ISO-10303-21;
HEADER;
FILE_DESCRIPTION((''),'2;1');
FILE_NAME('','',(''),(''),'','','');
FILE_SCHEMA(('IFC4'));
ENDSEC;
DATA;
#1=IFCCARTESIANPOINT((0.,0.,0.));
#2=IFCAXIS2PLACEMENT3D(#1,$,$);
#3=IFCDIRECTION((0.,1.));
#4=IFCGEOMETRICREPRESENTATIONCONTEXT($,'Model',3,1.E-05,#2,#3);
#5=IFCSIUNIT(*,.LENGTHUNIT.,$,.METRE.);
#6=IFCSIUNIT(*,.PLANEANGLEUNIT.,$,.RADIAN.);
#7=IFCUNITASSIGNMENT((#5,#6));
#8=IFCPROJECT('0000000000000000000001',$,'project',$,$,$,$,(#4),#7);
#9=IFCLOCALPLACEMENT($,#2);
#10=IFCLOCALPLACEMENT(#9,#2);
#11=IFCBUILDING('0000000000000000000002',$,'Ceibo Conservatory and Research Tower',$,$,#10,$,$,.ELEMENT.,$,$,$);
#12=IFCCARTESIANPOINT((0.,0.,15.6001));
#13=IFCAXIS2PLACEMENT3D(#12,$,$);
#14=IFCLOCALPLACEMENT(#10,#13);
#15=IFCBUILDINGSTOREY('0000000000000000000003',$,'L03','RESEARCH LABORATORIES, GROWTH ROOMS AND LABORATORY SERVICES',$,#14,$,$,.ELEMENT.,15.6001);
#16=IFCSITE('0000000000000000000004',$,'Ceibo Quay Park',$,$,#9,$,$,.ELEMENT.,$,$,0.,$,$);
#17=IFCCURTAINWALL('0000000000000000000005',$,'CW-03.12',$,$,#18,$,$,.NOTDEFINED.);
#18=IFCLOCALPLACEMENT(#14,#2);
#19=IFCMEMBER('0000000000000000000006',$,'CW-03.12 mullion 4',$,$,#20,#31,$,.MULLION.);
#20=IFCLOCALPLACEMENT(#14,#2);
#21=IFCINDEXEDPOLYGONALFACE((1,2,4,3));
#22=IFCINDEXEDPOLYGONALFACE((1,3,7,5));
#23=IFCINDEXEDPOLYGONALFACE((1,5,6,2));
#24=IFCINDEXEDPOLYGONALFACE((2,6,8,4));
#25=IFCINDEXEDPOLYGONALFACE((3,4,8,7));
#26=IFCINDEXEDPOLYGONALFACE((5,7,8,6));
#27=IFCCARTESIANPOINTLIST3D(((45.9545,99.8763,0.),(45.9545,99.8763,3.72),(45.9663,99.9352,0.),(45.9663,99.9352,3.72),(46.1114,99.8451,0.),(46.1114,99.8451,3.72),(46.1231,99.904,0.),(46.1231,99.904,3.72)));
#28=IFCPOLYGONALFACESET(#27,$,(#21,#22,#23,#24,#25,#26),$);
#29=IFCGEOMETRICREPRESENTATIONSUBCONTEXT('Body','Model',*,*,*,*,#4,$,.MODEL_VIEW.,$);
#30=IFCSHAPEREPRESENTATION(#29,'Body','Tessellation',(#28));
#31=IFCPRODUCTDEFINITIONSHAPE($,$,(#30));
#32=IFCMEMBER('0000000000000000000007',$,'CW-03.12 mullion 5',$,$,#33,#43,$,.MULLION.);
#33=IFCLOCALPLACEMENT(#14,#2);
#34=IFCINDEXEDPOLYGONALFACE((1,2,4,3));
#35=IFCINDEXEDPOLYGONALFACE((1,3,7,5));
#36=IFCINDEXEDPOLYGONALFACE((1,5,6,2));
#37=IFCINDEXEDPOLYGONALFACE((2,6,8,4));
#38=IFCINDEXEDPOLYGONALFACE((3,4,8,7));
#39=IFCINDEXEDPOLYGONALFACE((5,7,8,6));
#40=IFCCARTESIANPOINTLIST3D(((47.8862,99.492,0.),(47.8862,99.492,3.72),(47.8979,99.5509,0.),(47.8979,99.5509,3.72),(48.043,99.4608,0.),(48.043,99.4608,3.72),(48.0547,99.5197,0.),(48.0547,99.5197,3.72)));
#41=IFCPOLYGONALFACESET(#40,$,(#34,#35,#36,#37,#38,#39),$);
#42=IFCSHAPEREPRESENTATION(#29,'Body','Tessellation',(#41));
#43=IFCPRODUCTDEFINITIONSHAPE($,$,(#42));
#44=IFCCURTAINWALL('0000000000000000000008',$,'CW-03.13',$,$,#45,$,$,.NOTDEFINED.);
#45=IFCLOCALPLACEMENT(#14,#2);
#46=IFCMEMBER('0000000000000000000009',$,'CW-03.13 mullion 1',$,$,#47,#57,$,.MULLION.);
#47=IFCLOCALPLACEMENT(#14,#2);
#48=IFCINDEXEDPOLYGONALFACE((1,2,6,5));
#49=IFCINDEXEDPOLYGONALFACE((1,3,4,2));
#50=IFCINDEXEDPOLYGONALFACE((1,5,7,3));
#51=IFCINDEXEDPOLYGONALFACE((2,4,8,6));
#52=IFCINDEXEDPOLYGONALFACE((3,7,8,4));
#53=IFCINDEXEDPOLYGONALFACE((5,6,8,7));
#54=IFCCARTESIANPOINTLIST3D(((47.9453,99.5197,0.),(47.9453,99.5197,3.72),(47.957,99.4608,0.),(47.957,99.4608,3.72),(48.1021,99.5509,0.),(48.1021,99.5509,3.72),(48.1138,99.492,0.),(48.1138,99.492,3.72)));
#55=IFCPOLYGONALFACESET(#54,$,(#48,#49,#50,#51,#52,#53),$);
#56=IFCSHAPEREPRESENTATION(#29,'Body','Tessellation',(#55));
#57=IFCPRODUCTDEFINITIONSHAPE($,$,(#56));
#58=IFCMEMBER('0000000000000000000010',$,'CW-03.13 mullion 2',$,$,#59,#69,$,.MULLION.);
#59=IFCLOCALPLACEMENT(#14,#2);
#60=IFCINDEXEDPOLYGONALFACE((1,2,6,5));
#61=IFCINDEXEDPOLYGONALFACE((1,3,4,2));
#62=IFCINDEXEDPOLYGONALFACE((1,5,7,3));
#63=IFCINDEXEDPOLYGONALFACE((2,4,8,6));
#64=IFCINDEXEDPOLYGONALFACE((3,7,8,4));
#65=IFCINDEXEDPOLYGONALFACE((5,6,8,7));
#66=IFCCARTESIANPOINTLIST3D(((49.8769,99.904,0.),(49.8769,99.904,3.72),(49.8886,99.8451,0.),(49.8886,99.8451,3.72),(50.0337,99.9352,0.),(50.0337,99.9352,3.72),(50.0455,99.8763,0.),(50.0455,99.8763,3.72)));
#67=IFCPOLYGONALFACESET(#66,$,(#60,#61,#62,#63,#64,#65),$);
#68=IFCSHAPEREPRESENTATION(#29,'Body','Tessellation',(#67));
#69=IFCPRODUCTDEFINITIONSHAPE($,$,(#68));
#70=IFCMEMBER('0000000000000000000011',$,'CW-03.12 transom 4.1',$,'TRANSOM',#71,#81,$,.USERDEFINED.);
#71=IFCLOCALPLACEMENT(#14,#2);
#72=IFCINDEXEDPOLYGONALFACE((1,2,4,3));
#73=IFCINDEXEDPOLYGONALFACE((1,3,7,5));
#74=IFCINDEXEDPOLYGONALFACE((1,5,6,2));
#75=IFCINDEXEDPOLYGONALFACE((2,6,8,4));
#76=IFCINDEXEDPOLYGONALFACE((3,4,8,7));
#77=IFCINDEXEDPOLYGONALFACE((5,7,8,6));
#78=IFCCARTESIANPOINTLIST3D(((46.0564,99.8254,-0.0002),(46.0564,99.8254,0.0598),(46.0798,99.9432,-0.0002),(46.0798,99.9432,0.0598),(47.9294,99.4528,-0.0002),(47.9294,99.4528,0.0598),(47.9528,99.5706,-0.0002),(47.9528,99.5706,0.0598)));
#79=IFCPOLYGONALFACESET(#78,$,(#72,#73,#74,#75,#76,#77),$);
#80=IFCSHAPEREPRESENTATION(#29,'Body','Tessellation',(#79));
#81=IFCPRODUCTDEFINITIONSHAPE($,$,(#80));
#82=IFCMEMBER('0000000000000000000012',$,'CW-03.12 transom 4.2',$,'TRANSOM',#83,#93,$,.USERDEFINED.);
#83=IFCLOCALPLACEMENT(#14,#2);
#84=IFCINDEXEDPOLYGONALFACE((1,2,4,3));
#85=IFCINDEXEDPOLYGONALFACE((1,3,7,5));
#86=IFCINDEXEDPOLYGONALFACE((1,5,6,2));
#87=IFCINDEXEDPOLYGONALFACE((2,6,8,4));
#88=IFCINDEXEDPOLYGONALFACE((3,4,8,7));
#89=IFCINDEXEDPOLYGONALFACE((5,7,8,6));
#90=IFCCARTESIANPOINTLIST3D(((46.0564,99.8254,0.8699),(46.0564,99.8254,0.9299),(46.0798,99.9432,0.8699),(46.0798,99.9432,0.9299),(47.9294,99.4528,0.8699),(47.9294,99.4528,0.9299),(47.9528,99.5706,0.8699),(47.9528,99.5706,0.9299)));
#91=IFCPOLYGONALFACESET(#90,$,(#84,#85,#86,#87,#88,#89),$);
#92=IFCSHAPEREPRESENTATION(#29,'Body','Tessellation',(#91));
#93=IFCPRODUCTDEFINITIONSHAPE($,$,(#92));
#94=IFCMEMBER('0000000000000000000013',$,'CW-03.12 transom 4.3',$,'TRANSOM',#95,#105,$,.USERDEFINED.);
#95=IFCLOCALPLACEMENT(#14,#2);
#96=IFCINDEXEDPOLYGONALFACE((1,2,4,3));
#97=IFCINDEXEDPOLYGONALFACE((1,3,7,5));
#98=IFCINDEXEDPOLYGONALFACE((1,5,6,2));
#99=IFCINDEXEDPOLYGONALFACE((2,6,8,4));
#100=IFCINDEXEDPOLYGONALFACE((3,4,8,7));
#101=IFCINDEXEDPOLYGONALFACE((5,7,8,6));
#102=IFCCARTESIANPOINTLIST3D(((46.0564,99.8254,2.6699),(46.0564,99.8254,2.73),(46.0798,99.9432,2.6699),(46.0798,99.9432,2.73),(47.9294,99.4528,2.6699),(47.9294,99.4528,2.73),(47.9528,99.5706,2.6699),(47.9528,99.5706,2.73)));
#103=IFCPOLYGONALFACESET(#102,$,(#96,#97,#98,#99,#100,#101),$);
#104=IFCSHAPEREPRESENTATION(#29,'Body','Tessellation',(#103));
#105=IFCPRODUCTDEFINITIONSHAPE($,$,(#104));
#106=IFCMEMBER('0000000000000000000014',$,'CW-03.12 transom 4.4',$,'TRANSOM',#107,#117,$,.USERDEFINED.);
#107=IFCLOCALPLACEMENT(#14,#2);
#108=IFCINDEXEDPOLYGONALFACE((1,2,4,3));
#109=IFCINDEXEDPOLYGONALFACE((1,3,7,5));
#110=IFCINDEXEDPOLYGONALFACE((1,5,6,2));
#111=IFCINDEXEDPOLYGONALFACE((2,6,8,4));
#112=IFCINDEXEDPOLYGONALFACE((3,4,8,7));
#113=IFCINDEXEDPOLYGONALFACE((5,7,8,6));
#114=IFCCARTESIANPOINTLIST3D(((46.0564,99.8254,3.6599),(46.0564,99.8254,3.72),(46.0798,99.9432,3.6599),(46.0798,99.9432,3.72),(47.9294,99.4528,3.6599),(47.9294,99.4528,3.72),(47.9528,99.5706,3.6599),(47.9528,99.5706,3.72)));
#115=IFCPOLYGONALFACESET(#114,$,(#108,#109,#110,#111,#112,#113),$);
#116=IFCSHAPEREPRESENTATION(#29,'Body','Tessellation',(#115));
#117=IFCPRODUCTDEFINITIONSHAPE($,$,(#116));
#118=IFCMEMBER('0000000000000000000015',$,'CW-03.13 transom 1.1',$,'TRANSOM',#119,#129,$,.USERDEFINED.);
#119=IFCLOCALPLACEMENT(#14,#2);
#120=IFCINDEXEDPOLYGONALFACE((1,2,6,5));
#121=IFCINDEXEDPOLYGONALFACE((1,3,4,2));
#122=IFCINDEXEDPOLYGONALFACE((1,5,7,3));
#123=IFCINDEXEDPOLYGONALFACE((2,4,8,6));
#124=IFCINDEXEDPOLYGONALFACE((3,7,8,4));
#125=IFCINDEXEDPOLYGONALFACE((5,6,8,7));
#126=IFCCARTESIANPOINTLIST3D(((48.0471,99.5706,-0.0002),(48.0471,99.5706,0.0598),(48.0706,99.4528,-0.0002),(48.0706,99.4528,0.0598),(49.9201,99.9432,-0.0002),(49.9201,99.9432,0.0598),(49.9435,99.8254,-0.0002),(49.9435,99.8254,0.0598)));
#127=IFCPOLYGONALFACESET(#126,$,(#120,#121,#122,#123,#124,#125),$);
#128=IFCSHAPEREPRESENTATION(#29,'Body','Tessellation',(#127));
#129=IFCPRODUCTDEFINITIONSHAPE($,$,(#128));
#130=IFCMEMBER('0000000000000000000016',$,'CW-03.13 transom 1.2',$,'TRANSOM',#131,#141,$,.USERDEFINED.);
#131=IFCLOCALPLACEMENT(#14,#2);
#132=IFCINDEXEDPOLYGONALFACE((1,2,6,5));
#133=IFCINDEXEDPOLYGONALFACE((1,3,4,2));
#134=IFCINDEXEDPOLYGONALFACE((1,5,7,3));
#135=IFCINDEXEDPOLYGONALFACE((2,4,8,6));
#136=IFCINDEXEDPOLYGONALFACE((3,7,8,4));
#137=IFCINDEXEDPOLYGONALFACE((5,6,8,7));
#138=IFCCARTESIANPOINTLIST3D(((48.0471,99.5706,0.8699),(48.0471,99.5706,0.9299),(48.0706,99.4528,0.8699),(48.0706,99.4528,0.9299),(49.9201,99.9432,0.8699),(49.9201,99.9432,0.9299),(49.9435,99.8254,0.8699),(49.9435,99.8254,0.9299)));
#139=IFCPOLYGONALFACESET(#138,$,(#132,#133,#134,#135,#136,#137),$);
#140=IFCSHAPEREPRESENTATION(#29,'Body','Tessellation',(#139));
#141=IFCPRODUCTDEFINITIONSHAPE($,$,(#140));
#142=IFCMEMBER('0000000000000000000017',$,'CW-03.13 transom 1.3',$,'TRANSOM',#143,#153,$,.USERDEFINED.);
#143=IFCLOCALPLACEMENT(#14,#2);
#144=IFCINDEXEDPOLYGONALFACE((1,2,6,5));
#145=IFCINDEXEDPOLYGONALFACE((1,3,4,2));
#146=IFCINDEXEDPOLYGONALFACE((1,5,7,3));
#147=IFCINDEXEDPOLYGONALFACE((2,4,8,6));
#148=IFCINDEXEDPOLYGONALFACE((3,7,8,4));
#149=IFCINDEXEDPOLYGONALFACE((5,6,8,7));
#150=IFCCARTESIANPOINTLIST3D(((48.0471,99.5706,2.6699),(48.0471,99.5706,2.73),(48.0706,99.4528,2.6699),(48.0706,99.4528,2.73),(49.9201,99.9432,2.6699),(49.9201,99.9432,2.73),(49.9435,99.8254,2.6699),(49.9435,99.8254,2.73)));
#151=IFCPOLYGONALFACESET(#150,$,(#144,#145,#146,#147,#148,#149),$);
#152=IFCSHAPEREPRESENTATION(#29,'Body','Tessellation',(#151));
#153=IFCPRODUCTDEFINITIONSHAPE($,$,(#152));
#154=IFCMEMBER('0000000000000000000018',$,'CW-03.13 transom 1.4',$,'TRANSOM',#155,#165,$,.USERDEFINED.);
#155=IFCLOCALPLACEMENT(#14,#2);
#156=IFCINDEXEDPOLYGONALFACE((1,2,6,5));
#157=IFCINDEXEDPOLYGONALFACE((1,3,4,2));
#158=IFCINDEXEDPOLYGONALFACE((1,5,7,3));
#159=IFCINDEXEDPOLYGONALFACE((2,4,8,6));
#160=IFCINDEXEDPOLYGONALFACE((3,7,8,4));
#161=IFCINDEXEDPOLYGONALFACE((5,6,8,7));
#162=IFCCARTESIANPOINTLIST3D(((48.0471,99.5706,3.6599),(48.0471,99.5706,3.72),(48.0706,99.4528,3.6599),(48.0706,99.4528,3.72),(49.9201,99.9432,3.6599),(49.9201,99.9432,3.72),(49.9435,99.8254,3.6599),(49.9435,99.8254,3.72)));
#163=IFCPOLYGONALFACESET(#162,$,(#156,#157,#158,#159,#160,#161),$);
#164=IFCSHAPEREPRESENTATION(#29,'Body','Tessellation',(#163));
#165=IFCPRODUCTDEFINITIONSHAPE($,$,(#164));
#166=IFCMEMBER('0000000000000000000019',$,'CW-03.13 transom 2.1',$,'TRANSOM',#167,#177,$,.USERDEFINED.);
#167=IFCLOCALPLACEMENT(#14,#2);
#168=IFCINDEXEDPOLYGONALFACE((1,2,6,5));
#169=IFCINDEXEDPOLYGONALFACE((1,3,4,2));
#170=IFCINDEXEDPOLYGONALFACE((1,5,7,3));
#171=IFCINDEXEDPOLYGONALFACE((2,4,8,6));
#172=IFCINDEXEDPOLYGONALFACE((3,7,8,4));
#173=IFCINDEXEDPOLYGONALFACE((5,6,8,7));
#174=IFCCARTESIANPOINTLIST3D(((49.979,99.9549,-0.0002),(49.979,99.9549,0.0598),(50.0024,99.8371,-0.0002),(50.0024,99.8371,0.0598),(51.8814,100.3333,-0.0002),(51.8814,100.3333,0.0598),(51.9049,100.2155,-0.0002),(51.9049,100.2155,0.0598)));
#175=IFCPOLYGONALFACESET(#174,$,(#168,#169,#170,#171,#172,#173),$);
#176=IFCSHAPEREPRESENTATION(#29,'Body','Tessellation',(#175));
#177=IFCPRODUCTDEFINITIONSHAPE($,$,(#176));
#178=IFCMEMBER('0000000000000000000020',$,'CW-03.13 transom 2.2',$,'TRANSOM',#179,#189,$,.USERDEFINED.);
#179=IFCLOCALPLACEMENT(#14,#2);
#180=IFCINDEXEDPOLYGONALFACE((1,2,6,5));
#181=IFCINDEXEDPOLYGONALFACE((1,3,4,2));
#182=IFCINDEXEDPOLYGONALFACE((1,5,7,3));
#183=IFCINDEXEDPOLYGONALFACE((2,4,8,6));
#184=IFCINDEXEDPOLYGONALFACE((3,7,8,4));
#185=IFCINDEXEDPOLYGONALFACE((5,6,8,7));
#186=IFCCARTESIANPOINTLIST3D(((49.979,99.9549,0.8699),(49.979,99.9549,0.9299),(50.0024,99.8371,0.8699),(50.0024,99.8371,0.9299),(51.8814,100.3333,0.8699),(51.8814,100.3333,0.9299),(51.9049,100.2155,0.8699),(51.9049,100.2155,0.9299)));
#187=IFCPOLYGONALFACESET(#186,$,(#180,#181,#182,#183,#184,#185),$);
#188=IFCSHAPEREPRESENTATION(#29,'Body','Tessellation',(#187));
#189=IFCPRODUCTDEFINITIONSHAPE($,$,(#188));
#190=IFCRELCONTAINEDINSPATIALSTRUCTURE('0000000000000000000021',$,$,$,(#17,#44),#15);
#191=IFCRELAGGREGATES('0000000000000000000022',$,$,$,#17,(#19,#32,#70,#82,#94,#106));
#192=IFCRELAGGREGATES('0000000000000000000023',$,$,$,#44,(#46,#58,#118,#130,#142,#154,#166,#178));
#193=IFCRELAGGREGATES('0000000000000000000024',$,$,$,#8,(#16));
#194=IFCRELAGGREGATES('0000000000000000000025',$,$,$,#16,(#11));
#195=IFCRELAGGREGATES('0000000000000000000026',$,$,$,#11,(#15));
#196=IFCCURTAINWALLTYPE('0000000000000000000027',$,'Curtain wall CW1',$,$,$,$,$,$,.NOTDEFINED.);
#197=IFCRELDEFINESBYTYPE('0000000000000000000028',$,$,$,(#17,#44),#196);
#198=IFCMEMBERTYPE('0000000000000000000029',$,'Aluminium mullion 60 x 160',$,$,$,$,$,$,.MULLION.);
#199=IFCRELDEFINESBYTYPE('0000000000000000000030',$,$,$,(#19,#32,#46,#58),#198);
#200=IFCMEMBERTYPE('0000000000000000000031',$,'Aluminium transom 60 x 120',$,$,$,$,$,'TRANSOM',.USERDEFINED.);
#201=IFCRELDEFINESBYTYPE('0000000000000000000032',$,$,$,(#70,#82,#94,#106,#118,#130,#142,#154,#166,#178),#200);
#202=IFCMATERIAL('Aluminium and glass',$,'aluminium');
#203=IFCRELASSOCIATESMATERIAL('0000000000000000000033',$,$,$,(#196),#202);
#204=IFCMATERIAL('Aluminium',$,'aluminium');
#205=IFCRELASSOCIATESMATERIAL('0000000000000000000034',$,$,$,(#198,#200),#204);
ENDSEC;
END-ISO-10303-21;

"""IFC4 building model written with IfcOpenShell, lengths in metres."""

from ifc_helpers import new_model, si_unit, direction, frame, origin, origin_2d, place, context, subcontext, project, spatial, rectangle, extrude, material, material_profile, profile_set, type_object, element, aggregate, save


model = new_model("IFC4")

# Units and contexts
model_context = context("Model", 3, precision=1e-05, world=origin(), true_north=direction((0.0, 1.0)))
body_context = subcontext(model_context, "Body", "Model", "MODEL_VIEW")
ifc_project = project(units=[si_unit("LENGTHUNIT", "METRE"), si_unit("PLANEANGLEUNIT", "RADIAN")], contexts=[model_context])

# Site, building, storey
site_placement = place(None, origin())
site = spatial("IfcSite", under=ifc_project, at=site_placement, Name="Ceibo Quay Park", CompositionType="ELEMENT", RefElevation=0.0)
building_placement = place(site_placement, origin())
building = spatial("IfcBuilding", under=site, at=building_placement, Name="Ceibo Conservatory and Research Tower", CompositionType="ELEMENT")
storey_placement = place(building_placement, frame((0.0, 0.0, 15.6001)))
storey = spatial("IfcBuildingStorey", under=building, at=storey_placement, Name="L03", Description="RESEARCH LABORATORIES, GROWTH ROOMS AND LABORATORY SERVICES", CompositionType="ELEMENT", Elevation=15.6001)

# Curtain walls, members
ifc_material_1 = material(Name="Aluminium and glass", Category="aluminium")
curtain_wall_type = type_object("IfcCurtainWallType", Name="Curtain wall CW1", PredefinedType="NOTDEFINED", material=ifc_material_1)
curtain_wall_1_placement = place(storey_placement, origin())
curtain_wall_1 = element("IfcCurtainWall", 1, at=curtain_wall_1_placement, inside=storey, type_object=curtain_wall_type, Name="CW-03.12", PredefinedType="NOTDEFINED")
ifc_material_2 = material(Name="Aluminium", Category="aluminium")
ifc_material_profile_1 = material_profile(ifc_material_2, rectangle(XDim=0.0601, YDim=0.1599, at=origin_2d()), Name="Aluminium 60 x 160")
ifc_profile_set_1 = profile_set([ifc_material_profile_1], Name="Aluminium")
member_type_1 = type_object("IfcMemberType", Name="Aluminium mullion 60 x 160", PredefinedType="MULLION", material=ifc_profile_set_1)
member_1_placement = place(storey_placement, frame((46.0388, 99.8901, 0.0), z_axis=(0.0, 0.0, 1.0), x_axis=(0.19509, 0.980785, 0.0)))
member_1 = element("IfcMember", 2, at=member_1_placement, type_object=member_type_1, Name="CW-03.12 mullion 4", PredefinedType="MULLION", context=body_context, shape_type="SweptSolid", body=[
    extrude(rectangle(XDim=0.0601, YDim=0.1599, at=origin_2d()), origin(), (0.0, 0.0, 1.0), 3.72),
])
member_2_placement = place(storey_placement, frame((47.9705, 99.5059, 0.0), z_axis=(0.0, 0.0, 1.0), x_axis=(0.19509, 0.980785, 0.0)))
member_2 = element("IfcMember", 3, at=member_2_placement, type_object=member_type_1, Name="CW-03.12 mullion 5", PredefinedType="MULLION", context=body_context, shape_type="SweptSolid", body=[
    extrude(rectangle(XDim=0.0601, YDim=0.1599, at=origin_2d()), origin(), (0.0, 0.0, 1.0), 3.72),
])
curtain_wall_2_placement = place(storey_placement, origin())
curtain_wall_2 = element("IfcCurtainWall", 4, at=curtain_wall_2_placement, inside=storey, type_object=curtain_wall_type, Name="CW-03.13", PredefinedType="NOTDEFINED")
member_3_placement = place(storey_placement, frame((48.0295, 99.5059, 0.0), z_axis=(0.0, 0.0, 1.0), x_axis=(-0.19509, 0.980785, 0.0)))
member_3 = element("IfcMember", 5, at=member_3_placement, type_object=member_type_1, Name="CW-03.13 mullion 1", PredefinedType="MULLION", context=body_context, shape_type="SweptSolid", body=[
    extrude(rectangle(XDim=0.0601, YDim=0.1599, at=origin_2d()), origin(), (0.0, 0.0, 1.0), 3.72),
])
member_4_placement = place(storey_placement, frame((49.9612, 99.8901, 0.0), z_axis=(0.0, 0.0, 1.0), x_axis=(-0.19509, 0.980785, 0.0)))
member_4 = element("IfcMember", 6, at=member_4_placement, type_object=member_type_1, Name="CW-03.13 mullion 2", PredefinedType="MULLION", context=body_context, shape_type="SweptSolid", body=[
    extrude(rectangle(XDim=0.0601, YDim=0.1599, at=origin_2d()), origin(), (0.0, 0.0, 1.0), 3.72),
])

# Members
ifc_material_profile_2 = material_profile(ifc_material_2, rectangle(XDim=0.1201, YDim=0.0601, at=origin_2d()), Name="Aluminium 60 x 120")
ifc_profile_set_2 = profile_set([ifc_material_profile_2], Name="Aluminium")
member_type_2 = type_object("IfcMemberType", Name="Aluminium transom 60 x 120", ElementType="TRANSOM", PredefinedType="USERDEFINED", material=ifc_profile_set_2)
member_5_placement = place(storey_placement, frame((46.0681, 99.8843, 0.0298), z_axis=(0.980787, -0.195083, 0.0), x_axis=(0.195083, 0.980787, 0.0)))
member_5 = element("IfcMember", 7, at=member_5_placement, type_object=member_type_2, Name="CW-03.12 transom 4.1", ObjectType="TRANSOM", PredefinedType="USERDEFINED", context=body_context, shape_type="SweptSolid", body=[
    extrude(rectangle(XDim=0.1201, YDim=0.0601, at=origin_2d()), origin(), (0.0, 0.0, 1.0), 1.9097),
])
member_6_placement = place(storey_placement, frame((46.0681, 99.8843, 0.8999), z_axis=(0.980787, -0.195083, 0.0), x_axis=(0.195083, 0.980787, 0.0)))
member_6 = element("IfcMember", 8, at=member_6_placement, type_object=member_type_2, Name="CW-03.12 transom 4.2", ObjectType="TRANSOM", PredefinedType="USERDEFINED", context=body_context, shape_type="SweptSolid", body=[
    extrude(rectangle(XDim=0.1201, YDim=0.0601, at=origin_2d()), origin(), (0.0, 0.0, 1.0), 1.9097),
])
member_7_placement = place(storey_placement, frame((46.0681, 99.8843, 2.7), z_axis=(0.980787, -0.195083, 0.0), x_axis=(0.195083, 0.980787, 0.0)))
member_7 = element("IfcMember", 9, at=member_7_placement, type_object=member_type_2, Name="CW-03.12 transom 4.3", ObjectType="TRANSOM", PredefinedType="USERDEFINED", context=body_context, shape_type="SweptSolid", body=[
    extrude(rectangle(XDim=0.1201, YDim=0.0601, at=origin_2d()), origin(), (0.0, 0.0, 1.0), 1.9097),
])
member_8_placement = place(storey_placement, frame((46.0681, 99.8843, 3.6899), z_axis=(0.980787, -0.195083, 0.0), x_axis=(0.195083, 0.980787, 0.0)))
member_8 = element("IfcMember", 10, at=member_8_placement, type_object=member_type_2, Name="CW-03.12 transom 4.4", ObjectType="TRANSOM", PredefinedType="USERDEFINED", context=body_context, shape_type="SweptSolid", body=[
    extrude(rectangle(XDim=0.1201, YDim=0.0601, at=origin_2d()), origin(), (0.0, 0.0, 1.0), 1.9097),
])
member_9_placement = place(storey_placement, frame((48.0588, 99.5117, 0.0298), z_axis=(0.980787, 0.195083, 0.0), x_axis=(-0.195083, 0.980787, 0.0)))
member_9 = element("IfcMember", 11, at=member_9_placement, type_object=member_type_2, Name="CW-03.13 transom 1.1", ObjectType="TRANSOM", PredefinedType="USERDEFINED", context=body_context, shape_type="SweptSolid", body=[
    extrude(rectangle(XDim=0.1201, YDim=0.0601, at=origin_2d()), origin(), (0.0, 0.0, 1.0), 1.9097),
])
member_10_placement = place(storey_placement, frame((48.0588, 99.5117, 0.8999), z_axis=(0.980787, 0.195083, 0.0), x_axis=(-0.195083, 0.980787, 0.0)))
member_10 = element("IfcMember", 12, at=member_10_placement, type_object=member_type_2, Name="CW-03.13 transom 1.2", ObjectType="TRANSOM", PredefinedType="USERDEFINED", context=body_context, shape_type="SweptSolid", body=[
    extrude(rectangle(XDim=0.1201, YDim=0.0601, at=origin_2d()), origin(), (0.0, 0.0, 1.0), 1.9097),
])
member_11_placement = place(storey_placement, frame((48.0588, 99.5117, 2.7), z_axis=(0.980787, 0.195083, 0.0), x_axis=(-0.195083, 0.980787, 0.0)))
member_11 = element("IfcMember", 13, at=member_11_placement, type_object=member_type_2, Name="CW-03.13 transom 1.3", ObjectType="TRANSOM", PredefinedType="USERDEFINED", context=body_context, shape_type="SweptSolid", body=[
    extrude(rectangle(XDim=0.1201, YDim=0.0601, at=origin_2d()), origin(), (0.0, 0.0, 1.0), 1.9097),
])
member_12_placement = place(storey_placement, frame((48.0588, 99.5117, 3.6899), z_axis=(0.980787, 0.195083, 0.0), x_axis=(-0.195083, 0.980787, 0.0)))
member_12 = element("IfcMember", 14, at=member_12_placement, type_object=member_type_2, Name="CW-03.13 transom 1.4", ObjectType="TRANSOM", PredefinedType="USERDEFINED", context=body_context, shape_type="SweptSolid", body=[
    extrude(rectangle(XDim=0.1201, YDim=0.0601, at=origin_2d()), origin(), (0.0, 0.0, 1.0), 1.9097),
])
member_13_placement = place(storey_placement, frame((49.9907, 99.896, 0.0298), z_axis=(0.980783, 0.195099, 0.0), x_axis=(-0.195099, 0.980783, 0.0)))
member_13 = element("IfcMember", 15, at=member_13_placement, type_object=member_type_2, Name="CW-03.13 transom 2.1", ObjectType="TRANSOM", PredefinedType="USERDEFINED", context=body_context, shape_type="SweptSolid", body=[
    extrude(rectangle(XDim=0.1201, YDim=0.0601, at=origin_2d()), origin(), (0.0, 0.0, 1.0), 1.9397),
])
member_14_placement = place(storey_placement, frame((49.9907, 99.896, 0.8999), z_axis=(0.980783, 0.195099, 0.0), x_axis=(-0.195099, 0.980783, 0.0)))
member_14 = element("IfcMember", 16, at=member_14_placement, type_object=member_type_2, Name="CW-03.13 transom 2.2", ObjectType="TRANSOM", PredefinedType="USERDEFINED", context=body_context, shape_type="SweptSolid", body=[
    extrude(rectangle(XDim=0.1201, YDim=0.0601, at=origin_2d()), origin(), (0.0, 0.0, 1.0), 1.9397),
])

aggregate(curtain_wall_1, [member_1, member_2, member_5, member_6, member_7, member_8])
aggregate(curtain_wall_2, [member_3, member_4, member_9, member_10, member_11, member_12, member_13, member_14])

save(model, "model.ifc")
